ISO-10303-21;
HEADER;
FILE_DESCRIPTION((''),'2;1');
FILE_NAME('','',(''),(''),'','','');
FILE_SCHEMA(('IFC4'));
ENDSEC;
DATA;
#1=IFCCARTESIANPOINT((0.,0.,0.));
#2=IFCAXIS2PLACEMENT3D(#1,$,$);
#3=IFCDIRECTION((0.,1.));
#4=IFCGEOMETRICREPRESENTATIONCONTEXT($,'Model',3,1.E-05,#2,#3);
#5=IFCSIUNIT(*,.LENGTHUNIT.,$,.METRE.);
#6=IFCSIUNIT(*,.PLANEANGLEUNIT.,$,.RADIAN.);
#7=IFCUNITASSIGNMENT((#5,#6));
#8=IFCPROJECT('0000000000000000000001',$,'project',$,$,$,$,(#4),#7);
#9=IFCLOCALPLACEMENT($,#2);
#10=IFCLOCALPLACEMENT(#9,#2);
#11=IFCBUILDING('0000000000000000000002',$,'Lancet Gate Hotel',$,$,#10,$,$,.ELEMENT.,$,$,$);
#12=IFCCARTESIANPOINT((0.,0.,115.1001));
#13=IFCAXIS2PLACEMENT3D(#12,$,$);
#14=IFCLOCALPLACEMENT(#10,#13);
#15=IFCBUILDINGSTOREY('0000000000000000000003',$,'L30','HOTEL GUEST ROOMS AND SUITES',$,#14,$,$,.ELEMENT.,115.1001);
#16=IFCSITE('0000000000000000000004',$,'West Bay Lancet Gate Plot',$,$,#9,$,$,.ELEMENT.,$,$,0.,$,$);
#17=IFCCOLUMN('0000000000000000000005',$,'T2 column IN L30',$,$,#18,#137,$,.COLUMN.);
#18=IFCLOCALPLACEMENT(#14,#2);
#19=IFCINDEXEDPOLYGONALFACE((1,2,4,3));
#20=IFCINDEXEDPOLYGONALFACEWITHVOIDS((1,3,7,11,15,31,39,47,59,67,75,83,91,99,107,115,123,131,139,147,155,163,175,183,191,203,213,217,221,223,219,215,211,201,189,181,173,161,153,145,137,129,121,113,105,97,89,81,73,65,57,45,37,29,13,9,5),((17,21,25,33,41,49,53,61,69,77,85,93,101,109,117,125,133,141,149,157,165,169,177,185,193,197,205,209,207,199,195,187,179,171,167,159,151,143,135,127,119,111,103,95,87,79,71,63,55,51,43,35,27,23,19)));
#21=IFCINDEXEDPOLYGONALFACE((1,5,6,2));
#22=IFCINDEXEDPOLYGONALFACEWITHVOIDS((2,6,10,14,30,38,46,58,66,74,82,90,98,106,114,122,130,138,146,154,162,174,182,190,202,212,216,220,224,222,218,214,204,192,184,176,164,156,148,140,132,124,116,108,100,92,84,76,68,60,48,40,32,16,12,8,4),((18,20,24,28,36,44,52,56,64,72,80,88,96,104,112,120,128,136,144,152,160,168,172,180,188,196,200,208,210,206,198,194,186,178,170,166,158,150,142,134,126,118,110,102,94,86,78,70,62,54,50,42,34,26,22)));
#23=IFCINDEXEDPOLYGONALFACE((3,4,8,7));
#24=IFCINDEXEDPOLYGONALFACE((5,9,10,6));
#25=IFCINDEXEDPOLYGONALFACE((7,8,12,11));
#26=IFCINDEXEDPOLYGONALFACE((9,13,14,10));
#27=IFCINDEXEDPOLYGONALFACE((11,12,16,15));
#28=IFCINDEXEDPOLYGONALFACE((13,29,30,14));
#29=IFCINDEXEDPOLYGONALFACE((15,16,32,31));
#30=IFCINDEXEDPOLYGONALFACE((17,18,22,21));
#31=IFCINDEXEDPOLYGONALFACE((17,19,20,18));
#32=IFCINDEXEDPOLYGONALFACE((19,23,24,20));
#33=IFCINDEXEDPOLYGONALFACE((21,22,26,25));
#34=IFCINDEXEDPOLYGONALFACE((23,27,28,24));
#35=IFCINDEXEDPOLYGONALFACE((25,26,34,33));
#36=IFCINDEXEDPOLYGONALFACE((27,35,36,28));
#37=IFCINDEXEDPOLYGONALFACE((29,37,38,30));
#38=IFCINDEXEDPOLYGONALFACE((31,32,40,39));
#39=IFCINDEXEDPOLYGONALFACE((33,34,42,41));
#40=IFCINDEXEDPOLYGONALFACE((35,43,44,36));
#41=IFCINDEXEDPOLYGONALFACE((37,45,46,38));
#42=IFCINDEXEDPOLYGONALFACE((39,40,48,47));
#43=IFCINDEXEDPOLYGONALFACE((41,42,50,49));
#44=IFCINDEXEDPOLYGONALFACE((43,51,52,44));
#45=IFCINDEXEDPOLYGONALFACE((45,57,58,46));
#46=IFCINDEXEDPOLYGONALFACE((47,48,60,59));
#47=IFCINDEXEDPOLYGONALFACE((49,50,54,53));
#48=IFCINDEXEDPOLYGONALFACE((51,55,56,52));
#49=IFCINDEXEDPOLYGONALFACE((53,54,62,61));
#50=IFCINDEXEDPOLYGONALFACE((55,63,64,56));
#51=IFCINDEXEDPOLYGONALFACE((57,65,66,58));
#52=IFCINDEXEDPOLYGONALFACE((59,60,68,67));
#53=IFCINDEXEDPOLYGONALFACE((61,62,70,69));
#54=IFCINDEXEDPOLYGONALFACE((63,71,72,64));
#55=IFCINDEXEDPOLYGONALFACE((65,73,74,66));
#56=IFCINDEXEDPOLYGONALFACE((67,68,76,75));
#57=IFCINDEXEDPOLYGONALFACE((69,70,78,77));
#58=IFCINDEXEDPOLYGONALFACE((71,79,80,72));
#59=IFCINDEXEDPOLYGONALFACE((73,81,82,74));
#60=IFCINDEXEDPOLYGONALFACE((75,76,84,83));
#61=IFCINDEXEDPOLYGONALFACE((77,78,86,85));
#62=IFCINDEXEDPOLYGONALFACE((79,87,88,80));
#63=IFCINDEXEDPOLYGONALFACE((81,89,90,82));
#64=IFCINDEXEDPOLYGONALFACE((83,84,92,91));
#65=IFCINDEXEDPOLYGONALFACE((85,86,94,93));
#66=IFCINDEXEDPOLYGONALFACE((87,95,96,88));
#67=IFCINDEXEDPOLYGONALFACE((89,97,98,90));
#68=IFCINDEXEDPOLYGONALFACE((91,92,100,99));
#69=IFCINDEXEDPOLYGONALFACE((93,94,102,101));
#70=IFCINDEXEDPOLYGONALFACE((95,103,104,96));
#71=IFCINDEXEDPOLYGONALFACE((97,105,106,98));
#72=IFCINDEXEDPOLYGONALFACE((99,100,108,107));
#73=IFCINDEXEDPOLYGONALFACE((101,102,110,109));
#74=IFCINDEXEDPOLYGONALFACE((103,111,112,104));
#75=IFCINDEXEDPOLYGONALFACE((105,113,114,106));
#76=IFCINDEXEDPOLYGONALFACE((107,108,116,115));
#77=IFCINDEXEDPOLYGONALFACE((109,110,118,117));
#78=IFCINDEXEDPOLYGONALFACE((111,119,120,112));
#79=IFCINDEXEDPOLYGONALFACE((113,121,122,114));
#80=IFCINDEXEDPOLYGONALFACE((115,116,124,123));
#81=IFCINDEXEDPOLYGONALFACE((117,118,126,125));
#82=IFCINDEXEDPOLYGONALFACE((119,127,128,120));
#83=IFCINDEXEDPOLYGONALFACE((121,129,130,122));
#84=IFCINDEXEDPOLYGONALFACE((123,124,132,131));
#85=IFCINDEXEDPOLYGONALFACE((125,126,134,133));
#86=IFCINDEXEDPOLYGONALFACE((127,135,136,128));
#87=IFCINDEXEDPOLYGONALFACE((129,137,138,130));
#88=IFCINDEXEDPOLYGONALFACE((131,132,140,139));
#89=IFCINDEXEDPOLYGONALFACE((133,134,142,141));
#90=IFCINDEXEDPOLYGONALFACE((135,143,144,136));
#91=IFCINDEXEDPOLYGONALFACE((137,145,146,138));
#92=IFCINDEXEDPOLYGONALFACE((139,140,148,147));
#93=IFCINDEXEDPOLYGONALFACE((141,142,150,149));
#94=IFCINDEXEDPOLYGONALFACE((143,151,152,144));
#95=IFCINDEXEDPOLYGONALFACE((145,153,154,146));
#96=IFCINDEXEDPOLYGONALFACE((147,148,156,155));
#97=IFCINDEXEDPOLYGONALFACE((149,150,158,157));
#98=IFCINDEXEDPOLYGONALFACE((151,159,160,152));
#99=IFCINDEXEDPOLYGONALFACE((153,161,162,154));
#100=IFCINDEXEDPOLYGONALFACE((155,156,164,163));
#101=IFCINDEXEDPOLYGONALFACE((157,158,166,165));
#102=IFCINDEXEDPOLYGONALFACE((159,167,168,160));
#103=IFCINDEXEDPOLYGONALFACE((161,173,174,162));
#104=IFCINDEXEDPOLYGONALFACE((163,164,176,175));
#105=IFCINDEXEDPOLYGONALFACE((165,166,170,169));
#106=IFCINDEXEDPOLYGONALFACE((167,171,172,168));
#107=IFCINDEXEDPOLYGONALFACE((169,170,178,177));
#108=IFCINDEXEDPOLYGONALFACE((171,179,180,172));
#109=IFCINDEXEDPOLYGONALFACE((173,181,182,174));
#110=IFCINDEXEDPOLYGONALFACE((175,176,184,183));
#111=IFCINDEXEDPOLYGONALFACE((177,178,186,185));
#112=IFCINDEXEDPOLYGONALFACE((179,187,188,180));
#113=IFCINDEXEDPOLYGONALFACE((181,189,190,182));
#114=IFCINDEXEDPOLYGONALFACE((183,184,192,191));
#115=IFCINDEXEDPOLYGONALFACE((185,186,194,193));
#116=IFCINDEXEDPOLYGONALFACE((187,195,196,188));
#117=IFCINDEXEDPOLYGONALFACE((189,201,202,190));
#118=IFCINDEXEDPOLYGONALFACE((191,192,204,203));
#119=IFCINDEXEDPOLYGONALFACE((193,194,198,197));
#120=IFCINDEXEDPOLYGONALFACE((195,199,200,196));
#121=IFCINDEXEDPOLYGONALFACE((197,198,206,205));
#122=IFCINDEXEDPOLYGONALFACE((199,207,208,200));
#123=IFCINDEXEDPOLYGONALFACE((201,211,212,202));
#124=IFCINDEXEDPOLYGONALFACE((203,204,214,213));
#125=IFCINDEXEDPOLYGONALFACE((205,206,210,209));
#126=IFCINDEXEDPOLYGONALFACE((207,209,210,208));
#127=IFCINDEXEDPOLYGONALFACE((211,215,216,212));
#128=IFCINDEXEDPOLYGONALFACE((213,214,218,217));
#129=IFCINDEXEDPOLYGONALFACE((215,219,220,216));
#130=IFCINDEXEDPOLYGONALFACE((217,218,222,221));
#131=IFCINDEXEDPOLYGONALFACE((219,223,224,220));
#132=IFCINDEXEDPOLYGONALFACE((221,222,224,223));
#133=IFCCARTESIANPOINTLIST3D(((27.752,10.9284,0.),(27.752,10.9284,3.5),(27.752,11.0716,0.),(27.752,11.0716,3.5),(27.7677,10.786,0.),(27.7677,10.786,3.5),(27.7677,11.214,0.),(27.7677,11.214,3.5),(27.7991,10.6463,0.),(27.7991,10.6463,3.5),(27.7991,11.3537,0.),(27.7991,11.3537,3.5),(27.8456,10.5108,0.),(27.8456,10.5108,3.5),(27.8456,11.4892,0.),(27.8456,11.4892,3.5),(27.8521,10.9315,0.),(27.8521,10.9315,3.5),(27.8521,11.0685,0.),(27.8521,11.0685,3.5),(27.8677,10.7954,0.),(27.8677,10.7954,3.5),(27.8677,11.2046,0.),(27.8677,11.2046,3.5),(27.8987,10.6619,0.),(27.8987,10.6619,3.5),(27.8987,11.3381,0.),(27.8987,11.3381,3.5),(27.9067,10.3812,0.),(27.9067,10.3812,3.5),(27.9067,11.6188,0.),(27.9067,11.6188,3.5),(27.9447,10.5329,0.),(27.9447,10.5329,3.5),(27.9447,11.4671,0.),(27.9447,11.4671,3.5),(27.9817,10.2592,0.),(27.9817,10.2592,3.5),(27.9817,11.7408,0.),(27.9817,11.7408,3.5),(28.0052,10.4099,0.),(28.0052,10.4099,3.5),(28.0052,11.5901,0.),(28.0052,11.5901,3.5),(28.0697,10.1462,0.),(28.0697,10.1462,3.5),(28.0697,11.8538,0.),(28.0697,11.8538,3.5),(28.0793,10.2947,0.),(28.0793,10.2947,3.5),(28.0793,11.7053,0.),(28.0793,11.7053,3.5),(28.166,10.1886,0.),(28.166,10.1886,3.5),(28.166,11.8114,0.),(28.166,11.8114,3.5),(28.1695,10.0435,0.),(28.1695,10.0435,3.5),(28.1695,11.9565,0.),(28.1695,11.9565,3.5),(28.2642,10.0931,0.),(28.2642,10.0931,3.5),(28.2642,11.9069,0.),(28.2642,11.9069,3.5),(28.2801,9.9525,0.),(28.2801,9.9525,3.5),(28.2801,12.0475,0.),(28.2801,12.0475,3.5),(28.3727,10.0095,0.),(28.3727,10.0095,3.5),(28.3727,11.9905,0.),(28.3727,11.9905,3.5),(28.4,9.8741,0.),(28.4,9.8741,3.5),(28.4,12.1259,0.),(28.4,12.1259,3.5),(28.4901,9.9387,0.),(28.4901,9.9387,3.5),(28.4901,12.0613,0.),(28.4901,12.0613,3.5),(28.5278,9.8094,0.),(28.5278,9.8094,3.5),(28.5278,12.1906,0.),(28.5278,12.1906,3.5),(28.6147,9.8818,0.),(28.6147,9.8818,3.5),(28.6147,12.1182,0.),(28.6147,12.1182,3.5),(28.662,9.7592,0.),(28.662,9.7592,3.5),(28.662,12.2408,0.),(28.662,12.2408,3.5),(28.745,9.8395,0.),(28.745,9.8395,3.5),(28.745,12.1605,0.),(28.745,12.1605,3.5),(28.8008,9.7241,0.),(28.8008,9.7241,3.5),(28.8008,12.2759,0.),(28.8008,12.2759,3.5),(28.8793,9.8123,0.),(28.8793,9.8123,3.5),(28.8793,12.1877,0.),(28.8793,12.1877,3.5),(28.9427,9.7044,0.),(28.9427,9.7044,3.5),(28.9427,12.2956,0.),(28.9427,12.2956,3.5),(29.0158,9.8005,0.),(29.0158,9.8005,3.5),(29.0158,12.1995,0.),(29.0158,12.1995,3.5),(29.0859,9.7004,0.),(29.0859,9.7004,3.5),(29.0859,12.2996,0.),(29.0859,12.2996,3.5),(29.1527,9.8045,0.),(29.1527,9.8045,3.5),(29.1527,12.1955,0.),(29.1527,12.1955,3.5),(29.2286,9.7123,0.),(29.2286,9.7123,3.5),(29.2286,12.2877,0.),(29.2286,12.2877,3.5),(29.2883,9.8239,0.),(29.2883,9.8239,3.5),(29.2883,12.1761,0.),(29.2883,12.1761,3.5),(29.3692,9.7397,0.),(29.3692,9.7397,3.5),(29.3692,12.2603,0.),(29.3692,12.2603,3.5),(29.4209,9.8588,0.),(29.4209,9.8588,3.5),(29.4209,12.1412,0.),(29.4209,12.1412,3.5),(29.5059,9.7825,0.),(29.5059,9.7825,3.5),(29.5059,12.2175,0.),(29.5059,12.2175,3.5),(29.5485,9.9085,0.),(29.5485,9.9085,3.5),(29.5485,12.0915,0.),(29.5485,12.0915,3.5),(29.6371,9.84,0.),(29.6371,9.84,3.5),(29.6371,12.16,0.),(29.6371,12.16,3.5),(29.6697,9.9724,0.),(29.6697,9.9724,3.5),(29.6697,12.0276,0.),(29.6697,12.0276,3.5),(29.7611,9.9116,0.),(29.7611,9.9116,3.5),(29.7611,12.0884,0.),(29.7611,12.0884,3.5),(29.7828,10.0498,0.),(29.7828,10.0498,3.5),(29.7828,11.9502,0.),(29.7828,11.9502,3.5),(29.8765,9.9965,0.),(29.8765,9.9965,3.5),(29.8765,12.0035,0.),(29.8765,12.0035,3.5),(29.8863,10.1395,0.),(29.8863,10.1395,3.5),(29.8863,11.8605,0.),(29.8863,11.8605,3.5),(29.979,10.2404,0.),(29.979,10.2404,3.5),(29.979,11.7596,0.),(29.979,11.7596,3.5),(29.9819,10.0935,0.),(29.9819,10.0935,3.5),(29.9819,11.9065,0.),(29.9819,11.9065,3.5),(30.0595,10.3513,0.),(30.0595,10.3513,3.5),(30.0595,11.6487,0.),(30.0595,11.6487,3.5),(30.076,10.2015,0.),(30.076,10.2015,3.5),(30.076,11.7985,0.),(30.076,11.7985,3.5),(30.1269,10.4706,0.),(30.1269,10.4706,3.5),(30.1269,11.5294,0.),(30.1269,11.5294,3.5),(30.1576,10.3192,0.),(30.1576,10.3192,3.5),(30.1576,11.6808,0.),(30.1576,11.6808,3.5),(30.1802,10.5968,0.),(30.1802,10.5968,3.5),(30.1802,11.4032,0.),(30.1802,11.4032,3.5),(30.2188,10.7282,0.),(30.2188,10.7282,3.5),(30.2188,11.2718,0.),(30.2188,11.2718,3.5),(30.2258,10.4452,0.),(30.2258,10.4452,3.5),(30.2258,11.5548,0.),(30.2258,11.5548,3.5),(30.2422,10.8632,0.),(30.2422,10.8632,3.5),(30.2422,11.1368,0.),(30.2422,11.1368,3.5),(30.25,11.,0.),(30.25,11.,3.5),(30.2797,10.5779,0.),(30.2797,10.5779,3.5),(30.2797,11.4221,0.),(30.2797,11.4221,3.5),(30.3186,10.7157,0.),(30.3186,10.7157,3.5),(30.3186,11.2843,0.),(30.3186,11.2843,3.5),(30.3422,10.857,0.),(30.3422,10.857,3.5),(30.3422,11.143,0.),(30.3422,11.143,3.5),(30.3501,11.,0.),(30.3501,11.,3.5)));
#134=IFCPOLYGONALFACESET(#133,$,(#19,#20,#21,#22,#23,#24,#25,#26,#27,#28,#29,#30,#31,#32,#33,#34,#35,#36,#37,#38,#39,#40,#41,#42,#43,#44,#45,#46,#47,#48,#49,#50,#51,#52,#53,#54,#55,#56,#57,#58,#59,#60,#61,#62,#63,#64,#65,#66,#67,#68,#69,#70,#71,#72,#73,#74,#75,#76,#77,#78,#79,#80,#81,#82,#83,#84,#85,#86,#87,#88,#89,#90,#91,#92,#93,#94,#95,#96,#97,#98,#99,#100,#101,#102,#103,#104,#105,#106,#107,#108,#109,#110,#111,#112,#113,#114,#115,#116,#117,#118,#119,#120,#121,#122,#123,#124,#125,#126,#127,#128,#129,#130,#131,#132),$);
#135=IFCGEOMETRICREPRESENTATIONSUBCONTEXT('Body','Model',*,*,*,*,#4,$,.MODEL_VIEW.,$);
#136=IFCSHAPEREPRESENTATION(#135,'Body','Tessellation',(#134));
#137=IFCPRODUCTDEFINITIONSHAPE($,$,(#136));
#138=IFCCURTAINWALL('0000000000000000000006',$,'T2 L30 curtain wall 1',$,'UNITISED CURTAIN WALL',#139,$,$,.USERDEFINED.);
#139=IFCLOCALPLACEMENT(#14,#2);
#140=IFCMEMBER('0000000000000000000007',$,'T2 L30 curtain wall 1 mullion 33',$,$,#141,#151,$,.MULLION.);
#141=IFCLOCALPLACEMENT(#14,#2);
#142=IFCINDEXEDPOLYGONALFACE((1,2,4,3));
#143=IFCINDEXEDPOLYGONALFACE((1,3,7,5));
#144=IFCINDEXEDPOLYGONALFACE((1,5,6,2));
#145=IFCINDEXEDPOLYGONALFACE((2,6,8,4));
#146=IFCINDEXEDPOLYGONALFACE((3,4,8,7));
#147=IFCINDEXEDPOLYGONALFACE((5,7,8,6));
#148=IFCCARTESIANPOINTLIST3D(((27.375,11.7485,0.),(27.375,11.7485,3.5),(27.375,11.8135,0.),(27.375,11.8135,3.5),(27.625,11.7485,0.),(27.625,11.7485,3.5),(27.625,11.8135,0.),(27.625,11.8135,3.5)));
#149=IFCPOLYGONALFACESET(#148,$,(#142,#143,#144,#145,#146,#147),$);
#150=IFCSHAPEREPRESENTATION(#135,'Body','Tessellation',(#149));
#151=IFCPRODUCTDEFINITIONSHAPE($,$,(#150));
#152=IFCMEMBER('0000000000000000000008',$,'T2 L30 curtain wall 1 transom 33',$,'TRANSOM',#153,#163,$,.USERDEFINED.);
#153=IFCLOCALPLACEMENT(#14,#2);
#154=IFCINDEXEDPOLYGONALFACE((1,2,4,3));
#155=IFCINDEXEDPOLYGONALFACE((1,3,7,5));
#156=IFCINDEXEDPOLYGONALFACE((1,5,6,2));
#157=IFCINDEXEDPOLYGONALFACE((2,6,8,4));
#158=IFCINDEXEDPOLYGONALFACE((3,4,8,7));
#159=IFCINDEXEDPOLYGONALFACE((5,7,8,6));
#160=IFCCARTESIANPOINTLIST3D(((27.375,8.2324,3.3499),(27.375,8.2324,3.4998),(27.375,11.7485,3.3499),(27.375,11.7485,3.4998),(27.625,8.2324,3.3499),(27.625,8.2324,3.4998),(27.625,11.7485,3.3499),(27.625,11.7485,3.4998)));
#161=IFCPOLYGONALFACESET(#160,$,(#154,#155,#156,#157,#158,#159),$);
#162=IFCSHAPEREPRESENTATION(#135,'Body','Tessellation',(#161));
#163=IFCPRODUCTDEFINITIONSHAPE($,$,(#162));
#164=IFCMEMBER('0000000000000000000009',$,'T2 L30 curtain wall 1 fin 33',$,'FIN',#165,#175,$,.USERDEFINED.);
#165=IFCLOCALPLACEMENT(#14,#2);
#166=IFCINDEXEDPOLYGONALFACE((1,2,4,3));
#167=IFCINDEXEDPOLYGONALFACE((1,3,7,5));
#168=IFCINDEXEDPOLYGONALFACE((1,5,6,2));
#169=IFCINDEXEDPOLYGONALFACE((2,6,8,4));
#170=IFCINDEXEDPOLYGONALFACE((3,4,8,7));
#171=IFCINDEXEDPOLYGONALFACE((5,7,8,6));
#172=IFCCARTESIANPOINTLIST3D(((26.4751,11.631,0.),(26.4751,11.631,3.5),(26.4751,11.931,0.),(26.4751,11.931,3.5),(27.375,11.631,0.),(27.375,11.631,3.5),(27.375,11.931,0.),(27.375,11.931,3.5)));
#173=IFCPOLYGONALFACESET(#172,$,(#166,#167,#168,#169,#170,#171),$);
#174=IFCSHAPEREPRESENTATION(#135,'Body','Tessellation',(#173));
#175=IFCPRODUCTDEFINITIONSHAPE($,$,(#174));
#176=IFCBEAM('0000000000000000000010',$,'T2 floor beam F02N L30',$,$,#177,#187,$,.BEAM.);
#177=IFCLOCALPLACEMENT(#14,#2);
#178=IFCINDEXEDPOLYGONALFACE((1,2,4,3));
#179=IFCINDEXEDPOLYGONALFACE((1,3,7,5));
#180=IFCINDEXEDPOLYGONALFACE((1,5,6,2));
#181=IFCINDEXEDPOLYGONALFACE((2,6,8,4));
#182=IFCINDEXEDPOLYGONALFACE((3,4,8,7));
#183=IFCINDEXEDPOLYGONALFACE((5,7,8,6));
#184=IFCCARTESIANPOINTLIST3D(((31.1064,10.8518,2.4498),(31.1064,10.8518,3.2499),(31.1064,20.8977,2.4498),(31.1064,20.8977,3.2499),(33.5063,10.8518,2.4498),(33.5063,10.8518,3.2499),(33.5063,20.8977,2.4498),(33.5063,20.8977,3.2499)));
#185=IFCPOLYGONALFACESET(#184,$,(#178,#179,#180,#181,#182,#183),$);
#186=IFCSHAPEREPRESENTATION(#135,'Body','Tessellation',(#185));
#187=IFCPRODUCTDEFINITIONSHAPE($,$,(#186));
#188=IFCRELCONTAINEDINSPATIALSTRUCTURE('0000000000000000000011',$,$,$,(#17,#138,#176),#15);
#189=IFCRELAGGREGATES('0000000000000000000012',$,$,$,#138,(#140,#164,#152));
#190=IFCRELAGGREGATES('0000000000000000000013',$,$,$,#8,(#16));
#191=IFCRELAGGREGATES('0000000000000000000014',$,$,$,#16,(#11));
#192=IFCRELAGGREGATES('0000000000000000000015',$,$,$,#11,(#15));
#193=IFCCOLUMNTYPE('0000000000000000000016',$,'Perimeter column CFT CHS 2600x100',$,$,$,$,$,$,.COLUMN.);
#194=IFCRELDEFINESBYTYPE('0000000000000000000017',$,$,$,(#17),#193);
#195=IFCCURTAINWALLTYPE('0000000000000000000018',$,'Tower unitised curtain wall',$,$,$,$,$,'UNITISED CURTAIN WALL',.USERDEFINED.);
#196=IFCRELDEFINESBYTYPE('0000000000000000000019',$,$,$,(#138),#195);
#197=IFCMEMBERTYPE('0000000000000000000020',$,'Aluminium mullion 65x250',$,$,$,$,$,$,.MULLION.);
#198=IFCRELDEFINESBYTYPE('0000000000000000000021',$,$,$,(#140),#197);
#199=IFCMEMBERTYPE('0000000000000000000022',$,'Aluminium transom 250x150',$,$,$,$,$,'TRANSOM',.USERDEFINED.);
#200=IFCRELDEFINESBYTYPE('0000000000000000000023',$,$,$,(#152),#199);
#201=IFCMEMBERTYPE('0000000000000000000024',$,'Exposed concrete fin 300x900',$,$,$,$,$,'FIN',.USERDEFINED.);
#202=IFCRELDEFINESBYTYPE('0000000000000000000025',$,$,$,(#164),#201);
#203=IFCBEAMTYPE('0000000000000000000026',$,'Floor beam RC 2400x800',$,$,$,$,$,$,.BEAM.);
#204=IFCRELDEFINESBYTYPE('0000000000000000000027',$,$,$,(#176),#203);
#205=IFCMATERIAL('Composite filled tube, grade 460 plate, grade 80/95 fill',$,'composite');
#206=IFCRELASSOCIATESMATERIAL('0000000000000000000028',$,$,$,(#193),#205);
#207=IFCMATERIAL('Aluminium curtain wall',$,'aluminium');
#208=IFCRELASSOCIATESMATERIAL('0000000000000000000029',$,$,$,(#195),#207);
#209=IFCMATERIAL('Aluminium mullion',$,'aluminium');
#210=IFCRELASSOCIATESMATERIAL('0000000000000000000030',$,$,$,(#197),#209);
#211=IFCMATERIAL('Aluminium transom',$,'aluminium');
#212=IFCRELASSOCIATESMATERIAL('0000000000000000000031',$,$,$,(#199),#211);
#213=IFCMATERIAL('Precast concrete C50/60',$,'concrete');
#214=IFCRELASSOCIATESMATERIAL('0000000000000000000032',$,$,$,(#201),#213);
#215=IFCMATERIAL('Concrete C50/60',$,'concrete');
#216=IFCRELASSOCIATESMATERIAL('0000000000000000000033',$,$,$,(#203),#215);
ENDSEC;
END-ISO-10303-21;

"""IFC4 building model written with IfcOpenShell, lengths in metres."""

from ifc_helpers import new_model, si_unit, direction, frame, origin, origin_2d, place, context, subcontext, project, spatial, rectangle, hollow_circle, extrude, material, material_profile, profile_set, type_object, element, aggregate, save


model = new_model("IFC4")

# Units and contexts
model_context = context("Model", 3, precision=1e-05, world=origin(), true_north=direction((0.0, 1.0)))
body_context = subcontext(model_context, "Body", "Model", "MODEL_VIEW")
ifc_project = project(units=[si_unit("LENGTHUNIT", "METRE"), si_unit("PLANEANGLEUNIT", "RADIAN")], contexts=[model_context])

# Site, building, storey
site_placement = place(None, origin())
site = spatial("IfcSite", under=ifc_project, at=site_placement, Name="West Bay Lancet Gate Plot", CompositionType="ELEMENT", RefElevation=0.0)
building_placement = place(site_placement, origin())
building = spatial("IfcBuilding", under=site, at=building_placement, Name="Lancet Gate Hotel", CompositionType="ELEMENT")
storey_placement = place(building_placement, frame((0.0, 0.0, 115.1001)))
storey = spatial("IfcBuildingStorey", under=building, at=storey_placement, Name="L30", Description="HOTEL GUEST ROOMS AND SUITES", CompositionType="ELEMENT", Elevation=115.1001)

# Column
ifc_material_1 = material(Name="Composite filled tube, grade 460 plate, grade 80/95 fill", Category="composite")
ifc_material_profile_1 = material_profile(ifc_material_1, hollow_circle(Radius=1.3, WallThickness=0.1001, at=origin_2d()), Name="CHS 2600x100")
ifc_profile_set_1 = profile_set([ifc_material_profile_1], Name="Composite filled tube, grade 460 plate, grade 80/95 fill")
column_type = type_object("IfcColumnType", Name="Perimeter column CFT CHS 2600x100", PredefinedType="COLUMN", material=ifc_profile_set_1)
column_placement = place(storey_placement, frame((29.05, 11.0, 0.0), z_axis=(0.0, 0.0, 1.0), x_axis=(1.0, 0.0, 0.0)))
element("IfcColumn", 1, at=column_placement, inside=storey, type_object=column_type, Name="T2 column IN L30", PredefinedType="COLUMN", context=body_context, shape_type="SweptSolid", body=[
    extrude(hollow_circle(Radius=1.3, WallThickness=0.1001, at=origin_2d()), origin(), (0.0, 0.0, 1.0), 3.5),
])

# Curtain wall, members
ifc_material_2 = material(Name="Aluminium curtain wall", Category="aluminium")
curtain_wall_type = type_object("IfcCurtainWallType", Name="Tower unitised curtain wall", ElementType="UNITISED CURTAIN WALL", PredefinedType="USERDEFINED", material=ifc_material_2)
curtain_wall_placement = place(storey_placement, origin())
curtain_wall = element("IfcCurtainWall", 2, at=curtain_wall_placement, inside=storey, type_object=curtain_wall_type, Name="T2 L30 curtain wall 1", ObjectType="UNITISED CURTAIN WALL", PredefinedType="USERDEFINED")
ifc_material_3 = material(Name="Aluminium mullion", Category="aluminium")
ifc_material_profile_2 = material_profile(ifc_material_3, rectangle(XDim=0.0649, YDim=0.25, at=origin_2d()), Name="MULLION 65x250")
ifc_profile_set_2 = profile_set([ifc_material_profile_2], Name="Aluminium mullion")
member_type_1 = type_object("IfcMemberType", Name="Aluminium mullion 65x250", PredefinedType="MULLION", material=ifc_profile_set_2)
member_1_placement = place(storey_placement, frame((27.5, 11.781, 0.0), z_axis=(0.0, 0.0, 1.0), x_axis=(0.0, -1.0, 0.0)))
member_1 = element("IfcMember", 3, at=member_1_placement, type_object=member_type_1, Name="T2 L30 curtain wall 1 mullion 33", PredefinedType="MULLION", context=body_context, shape_type="SweptSolid", body=[
    extrude(rectangle(XDim=0.0649, YDim=0.25, at=origin_2d()), origin(), (0.0, 0.0, 1.0), 3.5),
])
ifc_material_4 = material(Name="Aluminium transom", Category="aluminium")
ifc_material_profile_3 = material_profile(ifc_material_4, rectangle(XDim=0.25, YDim=0.1499, at=origin_2d()), Name="TRANSOM 250x150")
ifc_profile_set_3 = profile_set([ifc_material_profile_3], Name="Aluminium transom")
member_type_2 = type_object("IfcMemberType", Name="Aluminium transom 250x150", ElementType="TRANSOM", PredefinedType="USERDEFINED", material=ifc_profile_set_3)
member_2_placement = place(storey_placement, frame((27.5, 11.7485, 3.4248), z_axis=(0.0, -1.0, 0.0), x_axis=(1.0, 0.0, 0.0)))
member_2 = element("IfcMember", 4, at=member_2_placement, type_object=member_type_2, Name="T2 L30 curtain wall 1 transom 33", ObjectType="TRANSOM", PredefinedType="USERDEFINED", context=body_context, shape_type="SweptSolid", body=[
    extrude(rectangle(XDim=0.25, YDim=0.1499, at=origin_2d()), origin(), (0.0, 0.0, 1.0), 3.5161),
])
ifc_material_5 = material(Name="Precast concrete C50/60", Category="concrete")
ifc_material_profile_4 = material_profile(ifc_material_5, rectangle(XDim=0.3, YDim=0.8999, at=origin_2d()), Name="FIN 300x900")
ifc_profile_set_4 = profile_set([ifc_material_profile_4], Name="Precast concrete C50/60")
member_type_3 = type_object("IfcMemberType", Name="Exposed concrete fin 300x900", ElementType="FIN", PredefinedType="USERDEFINED", material=ifc_profile_set_4)
member_3_placement = place(storey_placement, frame((26.925, 11.781, 0.0), z_axis=(0.0, 0.0, 1.0), x_axis=(0.0, -1.0, 0.0)))
member_3 = element("IfcMember", 5, at=member_3_placement, type_object=member_type_3, Name="T2 L30 curtain wall 1 fin 33", ObjectType="FIN", PredefinedType="USERDEFINED", context=body_context, shape_type="SweptSolid", body=[
    extrude(rectangle(XDim=0.3, YDim=0.8999, at=origin_2d()), origin(), (0.0, 0.0, 1.0), 3.5),
])

# Beam
ifc_material_6 = material(Name="Concrete C50/60", Category="concrete")
ifc_material_profile_5 = material_profile(ifc_material_6, rectangle(XDim=2.3999, YDim=0.8, at=origin_2d()), Name="RC 2400x800")
ifc_profile_set_5 = profile_set([ifc_material_profile_5], Name="Concrete C50/60")
beam_type_1 = type_object("IfcBeamType", Name="Floor beam RC 2400x800", PredefinedType="BEAM", material=ifc_profile_set_5)
beam_1_placement = place(storey_placement, frame((32.3064, 10.8518, 2.8499), z_axis=(0.0, 1.0, 0.0), x_axis=(-1.0, 0.0, 0.0)))
element("IfcBeam", 6, at=beam_1_placement, inside=storey, type_object=beam_type_1, Name="T2 floor beam F02N L30", PredefinedType="BEAM", context=body_context, shape_type="SweptSolid", body=[
    extrude(rectangle(XDim=2.3999, YDim=0.8, at=origin_2d()), origin(), (0.0, 0.0, 1.0), 10.0459),
])

aggregate(curtain_wall, [member_1, member_3, member_2])

save(model, "model.ifc")
